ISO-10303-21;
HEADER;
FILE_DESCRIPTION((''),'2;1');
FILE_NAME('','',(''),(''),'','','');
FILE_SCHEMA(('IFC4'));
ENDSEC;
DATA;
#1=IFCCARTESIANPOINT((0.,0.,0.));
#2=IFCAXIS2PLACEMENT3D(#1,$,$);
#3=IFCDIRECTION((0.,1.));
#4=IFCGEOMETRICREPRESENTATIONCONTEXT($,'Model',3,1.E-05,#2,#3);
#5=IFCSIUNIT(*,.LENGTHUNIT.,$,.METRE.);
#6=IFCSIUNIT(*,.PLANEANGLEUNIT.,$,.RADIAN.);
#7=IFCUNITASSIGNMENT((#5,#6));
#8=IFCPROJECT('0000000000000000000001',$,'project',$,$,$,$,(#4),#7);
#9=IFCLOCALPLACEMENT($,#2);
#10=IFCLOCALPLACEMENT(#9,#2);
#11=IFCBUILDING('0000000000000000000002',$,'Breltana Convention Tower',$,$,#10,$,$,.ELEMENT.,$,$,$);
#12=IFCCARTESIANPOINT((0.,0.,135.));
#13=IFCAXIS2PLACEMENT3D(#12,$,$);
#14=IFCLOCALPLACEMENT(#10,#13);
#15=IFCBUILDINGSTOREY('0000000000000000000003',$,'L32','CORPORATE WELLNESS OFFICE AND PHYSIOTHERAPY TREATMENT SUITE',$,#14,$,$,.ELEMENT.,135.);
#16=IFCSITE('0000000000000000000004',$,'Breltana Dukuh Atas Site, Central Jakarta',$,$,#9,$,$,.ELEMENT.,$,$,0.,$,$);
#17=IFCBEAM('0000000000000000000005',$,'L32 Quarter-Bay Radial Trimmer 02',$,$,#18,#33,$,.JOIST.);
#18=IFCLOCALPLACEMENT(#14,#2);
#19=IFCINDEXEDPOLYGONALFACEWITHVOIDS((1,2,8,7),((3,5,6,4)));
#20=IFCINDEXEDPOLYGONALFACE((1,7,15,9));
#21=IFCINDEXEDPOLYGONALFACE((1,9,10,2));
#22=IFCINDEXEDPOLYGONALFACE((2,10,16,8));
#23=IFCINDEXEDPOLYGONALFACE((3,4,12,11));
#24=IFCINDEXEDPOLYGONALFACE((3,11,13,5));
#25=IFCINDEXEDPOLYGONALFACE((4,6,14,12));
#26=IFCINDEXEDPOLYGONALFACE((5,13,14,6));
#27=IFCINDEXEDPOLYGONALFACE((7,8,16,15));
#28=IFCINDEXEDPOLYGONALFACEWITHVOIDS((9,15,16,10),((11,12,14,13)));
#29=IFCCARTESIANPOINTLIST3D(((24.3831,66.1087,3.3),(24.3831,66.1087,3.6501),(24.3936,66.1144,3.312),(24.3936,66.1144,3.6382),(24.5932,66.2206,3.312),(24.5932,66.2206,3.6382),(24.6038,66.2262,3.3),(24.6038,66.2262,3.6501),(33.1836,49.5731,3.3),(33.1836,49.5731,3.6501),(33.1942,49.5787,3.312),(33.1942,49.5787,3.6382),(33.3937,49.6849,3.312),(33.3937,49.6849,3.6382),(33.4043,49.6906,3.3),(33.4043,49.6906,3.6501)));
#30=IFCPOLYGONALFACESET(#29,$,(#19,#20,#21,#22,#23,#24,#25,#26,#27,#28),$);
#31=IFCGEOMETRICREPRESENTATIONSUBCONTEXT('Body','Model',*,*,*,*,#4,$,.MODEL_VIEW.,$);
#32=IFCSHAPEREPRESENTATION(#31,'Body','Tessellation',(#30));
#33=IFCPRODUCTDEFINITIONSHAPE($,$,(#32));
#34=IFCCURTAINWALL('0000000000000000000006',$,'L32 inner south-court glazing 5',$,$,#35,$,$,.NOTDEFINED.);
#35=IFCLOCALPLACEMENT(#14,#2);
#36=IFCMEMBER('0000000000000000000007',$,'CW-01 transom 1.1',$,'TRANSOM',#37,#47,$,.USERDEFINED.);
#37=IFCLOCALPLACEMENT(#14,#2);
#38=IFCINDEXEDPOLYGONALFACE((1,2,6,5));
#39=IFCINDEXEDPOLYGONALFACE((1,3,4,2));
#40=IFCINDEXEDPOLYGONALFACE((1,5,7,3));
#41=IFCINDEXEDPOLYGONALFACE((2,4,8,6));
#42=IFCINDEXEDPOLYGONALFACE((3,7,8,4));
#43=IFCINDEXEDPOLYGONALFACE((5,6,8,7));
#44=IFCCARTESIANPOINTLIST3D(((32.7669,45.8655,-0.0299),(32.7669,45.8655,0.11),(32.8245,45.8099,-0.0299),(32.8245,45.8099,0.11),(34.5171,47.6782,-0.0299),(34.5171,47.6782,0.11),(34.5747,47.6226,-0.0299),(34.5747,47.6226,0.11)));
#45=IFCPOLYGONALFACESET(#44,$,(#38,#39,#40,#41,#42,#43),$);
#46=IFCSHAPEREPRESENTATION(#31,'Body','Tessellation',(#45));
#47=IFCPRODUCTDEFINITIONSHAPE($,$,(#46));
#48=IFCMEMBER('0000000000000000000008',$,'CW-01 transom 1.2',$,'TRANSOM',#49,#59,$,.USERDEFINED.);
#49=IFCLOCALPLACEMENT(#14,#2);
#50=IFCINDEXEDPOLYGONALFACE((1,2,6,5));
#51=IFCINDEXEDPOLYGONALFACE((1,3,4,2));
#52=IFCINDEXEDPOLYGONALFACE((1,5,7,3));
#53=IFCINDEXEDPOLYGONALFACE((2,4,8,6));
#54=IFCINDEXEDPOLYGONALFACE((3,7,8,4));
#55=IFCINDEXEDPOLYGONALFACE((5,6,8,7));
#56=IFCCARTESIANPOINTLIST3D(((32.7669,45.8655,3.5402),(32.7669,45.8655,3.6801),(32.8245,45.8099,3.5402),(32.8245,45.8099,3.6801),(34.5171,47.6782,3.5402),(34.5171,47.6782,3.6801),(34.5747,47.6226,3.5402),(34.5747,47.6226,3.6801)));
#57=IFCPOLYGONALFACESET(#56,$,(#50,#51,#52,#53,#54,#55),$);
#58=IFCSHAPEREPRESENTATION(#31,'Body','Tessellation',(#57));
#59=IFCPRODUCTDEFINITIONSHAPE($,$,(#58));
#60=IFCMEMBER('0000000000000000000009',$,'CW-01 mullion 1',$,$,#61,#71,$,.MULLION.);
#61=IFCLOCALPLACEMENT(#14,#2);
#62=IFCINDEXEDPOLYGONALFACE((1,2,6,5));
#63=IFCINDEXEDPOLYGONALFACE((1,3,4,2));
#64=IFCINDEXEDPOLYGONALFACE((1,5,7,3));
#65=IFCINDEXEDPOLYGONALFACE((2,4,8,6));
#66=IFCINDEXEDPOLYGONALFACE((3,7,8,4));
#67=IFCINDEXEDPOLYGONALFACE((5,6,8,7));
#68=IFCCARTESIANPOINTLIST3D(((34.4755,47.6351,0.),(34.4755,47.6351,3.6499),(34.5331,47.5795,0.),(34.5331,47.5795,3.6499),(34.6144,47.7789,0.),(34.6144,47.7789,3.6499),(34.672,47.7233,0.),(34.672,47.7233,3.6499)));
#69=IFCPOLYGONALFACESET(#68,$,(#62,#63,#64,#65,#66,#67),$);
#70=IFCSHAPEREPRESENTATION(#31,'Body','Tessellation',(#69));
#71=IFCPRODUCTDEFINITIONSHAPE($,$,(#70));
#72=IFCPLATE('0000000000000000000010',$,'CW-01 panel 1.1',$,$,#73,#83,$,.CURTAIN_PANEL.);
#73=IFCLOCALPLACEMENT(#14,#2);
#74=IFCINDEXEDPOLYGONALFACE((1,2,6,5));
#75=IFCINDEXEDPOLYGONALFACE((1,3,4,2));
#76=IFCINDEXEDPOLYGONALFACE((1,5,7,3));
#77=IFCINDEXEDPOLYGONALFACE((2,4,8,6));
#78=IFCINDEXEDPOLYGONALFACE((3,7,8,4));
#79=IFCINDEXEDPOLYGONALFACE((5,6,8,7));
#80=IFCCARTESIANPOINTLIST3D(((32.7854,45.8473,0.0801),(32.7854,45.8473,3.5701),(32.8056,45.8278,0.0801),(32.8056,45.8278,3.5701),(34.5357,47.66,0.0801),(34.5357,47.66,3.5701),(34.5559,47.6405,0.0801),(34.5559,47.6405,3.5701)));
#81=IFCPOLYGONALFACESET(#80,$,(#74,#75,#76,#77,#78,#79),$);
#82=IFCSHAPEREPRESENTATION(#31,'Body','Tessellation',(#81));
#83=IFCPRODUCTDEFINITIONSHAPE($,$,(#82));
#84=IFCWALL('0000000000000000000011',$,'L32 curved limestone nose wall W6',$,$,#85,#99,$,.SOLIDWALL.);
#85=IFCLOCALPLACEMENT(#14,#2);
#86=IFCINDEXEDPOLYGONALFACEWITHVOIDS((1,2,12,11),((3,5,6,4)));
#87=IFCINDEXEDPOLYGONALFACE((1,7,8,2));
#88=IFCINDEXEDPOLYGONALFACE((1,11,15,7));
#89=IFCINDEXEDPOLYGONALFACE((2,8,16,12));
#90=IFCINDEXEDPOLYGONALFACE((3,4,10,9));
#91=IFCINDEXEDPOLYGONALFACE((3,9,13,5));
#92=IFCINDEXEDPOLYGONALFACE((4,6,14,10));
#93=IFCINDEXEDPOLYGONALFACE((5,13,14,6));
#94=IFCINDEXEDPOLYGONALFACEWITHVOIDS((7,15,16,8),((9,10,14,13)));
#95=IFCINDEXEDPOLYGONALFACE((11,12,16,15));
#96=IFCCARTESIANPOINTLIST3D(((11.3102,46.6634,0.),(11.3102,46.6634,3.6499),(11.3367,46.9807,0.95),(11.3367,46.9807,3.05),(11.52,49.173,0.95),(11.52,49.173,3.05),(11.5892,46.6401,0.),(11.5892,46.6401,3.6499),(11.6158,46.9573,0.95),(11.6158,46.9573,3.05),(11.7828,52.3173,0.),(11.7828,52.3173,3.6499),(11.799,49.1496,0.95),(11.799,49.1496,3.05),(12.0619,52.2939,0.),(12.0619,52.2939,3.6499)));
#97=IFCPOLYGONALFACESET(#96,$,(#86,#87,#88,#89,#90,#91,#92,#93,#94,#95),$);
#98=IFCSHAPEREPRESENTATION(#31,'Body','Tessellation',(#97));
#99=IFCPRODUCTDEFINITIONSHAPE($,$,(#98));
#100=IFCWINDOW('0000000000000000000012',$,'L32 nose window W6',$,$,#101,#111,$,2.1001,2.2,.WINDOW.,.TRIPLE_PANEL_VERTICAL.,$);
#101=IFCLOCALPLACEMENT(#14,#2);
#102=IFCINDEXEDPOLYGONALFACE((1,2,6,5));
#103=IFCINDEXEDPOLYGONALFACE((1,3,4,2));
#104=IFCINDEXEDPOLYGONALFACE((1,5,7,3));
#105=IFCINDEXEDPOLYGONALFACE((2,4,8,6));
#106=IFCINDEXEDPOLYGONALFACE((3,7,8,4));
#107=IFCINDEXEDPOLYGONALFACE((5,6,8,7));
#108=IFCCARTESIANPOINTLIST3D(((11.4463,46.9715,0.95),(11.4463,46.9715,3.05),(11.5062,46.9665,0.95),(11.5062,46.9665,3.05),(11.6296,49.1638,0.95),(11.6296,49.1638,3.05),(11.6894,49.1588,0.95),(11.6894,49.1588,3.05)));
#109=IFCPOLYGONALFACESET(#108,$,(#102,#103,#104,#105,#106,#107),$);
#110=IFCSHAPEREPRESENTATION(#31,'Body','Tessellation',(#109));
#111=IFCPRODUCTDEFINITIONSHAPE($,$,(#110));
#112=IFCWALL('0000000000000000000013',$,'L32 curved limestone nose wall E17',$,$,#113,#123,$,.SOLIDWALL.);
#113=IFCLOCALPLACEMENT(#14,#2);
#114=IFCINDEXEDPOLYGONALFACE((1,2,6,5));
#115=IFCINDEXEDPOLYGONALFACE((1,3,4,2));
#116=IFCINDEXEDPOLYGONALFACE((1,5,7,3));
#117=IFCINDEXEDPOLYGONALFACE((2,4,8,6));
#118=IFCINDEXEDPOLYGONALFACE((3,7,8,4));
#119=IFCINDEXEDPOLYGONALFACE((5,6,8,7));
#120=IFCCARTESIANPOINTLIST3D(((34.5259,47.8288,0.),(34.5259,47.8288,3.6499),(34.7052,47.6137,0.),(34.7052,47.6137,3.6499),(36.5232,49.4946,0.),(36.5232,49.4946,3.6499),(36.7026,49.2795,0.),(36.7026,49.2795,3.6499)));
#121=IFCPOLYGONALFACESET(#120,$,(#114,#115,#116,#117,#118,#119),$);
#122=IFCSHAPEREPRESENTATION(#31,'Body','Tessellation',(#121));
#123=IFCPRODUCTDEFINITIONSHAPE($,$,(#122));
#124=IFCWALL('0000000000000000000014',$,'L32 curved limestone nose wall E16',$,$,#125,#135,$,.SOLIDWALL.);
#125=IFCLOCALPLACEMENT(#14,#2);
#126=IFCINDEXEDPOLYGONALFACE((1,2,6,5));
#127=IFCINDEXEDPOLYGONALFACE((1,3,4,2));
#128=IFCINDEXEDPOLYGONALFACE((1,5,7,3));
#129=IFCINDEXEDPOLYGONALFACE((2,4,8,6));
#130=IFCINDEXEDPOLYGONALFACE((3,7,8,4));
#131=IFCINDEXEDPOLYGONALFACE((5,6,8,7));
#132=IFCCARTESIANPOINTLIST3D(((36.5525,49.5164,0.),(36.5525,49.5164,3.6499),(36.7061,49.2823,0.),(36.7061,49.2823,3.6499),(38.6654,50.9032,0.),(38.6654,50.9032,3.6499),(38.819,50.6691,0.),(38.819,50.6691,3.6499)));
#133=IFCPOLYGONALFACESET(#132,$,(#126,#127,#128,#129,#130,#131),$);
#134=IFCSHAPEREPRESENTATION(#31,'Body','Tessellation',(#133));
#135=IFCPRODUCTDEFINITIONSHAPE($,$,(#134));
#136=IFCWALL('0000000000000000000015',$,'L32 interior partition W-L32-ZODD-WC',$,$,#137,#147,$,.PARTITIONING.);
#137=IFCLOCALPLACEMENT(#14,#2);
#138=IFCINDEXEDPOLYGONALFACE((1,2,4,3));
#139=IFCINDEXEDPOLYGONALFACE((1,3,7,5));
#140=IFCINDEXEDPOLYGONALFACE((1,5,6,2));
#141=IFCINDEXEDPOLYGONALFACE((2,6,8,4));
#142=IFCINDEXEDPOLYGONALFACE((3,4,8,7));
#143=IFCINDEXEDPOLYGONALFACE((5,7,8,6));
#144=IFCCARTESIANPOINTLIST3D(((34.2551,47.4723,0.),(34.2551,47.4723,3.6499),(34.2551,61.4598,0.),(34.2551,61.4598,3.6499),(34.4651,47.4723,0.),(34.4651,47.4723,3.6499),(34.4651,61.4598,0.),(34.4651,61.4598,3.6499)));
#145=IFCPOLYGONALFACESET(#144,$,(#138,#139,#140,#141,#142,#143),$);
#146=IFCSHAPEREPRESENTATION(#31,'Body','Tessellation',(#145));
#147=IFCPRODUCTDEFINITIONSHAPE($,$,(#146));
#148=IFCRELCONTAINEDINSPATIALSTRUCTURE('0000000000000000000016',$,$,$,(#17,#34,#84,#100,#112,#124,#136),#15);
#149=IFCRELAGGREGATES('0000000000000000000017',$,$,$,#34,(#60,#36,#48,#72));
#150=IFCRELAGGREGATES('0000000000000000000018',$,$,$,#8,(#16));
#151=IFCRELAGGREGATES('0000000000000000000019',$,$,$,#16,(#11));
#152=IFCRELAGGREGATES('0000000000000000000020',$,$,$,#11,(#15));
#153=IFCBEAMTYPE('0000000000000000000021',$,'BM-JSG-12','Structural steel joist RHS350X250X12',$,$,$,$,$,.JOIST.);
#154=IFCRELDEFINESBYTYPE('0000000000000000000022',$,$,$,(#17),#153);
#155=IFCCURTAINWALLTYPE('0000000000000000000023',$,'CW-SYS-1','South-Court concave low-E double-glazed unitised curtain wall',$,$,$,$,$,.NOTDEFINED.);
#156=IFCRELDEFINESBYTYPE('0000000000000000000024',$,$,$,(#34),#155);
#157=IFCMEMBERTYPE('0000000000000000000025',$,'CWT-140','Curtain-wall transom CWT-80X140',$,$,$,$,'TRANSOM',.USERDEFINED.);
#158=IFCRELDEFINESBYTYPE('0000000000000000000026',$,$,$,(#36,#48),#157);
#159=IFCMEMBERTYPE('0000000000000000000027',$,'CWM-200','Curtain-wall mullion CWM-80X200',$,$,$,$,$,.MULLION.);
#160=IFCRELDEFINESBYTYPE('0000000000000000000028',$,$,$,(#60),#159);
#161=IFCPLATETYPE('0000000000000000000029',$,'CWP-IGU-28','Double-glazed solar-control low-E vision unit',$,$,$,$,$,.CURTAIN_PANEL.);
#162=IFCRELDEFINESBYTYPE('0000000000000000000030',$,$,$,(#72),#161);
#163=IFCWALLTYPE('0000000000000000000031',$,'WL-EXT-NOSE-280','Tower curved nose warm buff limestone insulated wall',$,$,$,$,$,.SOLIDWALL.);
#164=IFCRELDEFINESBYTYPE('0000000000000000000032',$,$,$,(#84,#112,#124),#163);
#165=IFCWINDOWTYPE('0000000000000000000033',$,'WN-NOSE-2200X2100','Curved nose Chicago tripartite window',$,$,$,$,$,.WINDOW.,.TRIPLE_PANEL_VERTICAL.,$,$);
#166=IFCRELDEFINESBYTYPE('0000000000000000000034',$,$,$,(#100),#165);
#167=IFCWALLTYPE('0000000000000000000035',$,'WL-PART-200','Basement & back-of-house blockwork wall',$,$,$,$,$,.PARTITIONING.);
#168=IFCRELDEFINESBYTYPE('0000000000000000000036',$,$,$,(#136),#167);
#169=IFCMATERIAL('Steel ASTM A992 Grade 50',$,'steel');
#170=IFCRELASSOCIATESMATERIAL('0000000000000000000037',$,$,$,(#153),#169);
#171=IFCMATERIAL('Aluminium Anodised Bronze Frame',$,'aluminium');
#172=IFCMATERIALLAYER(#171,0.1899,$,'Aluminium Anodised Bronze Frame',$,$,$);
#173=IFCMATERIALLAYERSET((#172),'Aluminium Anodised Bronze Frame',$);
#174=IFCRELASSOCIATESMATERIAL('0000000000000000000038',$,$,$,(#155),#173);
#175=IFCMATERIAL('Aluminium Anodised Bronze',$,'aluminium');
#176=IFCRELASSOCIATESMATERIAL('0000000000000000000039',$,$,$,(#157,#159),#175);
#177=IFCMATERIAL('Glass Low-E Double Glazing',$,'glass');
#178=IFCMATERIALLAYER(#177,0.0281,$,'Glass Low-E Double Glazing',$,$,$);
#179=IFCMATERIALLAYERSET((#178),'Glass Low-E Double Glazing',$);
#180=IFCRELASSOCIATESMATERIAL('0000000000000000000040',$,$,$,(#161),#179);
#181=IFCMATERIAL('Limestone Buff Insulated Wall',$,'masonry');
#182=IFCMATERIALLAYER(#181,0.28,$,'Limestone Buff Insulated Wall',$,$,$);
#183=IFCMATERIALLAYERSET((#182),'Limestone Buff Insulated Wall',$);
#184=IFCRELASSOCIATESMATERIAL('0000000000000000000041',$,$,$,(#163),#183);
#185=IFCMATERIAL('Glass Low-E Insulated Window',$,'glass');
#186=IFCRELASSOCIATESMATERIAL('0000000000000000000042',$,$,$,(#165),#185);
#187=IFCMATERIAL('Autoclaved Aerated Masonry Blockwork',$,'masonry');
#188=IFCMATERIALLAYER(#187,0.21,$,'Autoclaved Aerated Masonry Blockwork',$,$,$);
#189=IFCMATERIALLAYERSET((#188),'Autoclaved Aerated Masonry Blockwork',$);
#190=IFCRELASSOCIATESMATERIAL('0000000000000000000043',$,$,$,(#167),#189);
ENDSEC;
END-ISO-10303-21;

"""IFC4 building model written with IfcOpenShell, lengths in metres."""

from ifc_helpers import new_model, si_unit, direction, frame, frame_2d, origin, origin_2d, place, context, subcontext, project, spatial, rectangle, hollow_rectangle, extrude, source, transform, mapped, material, layer, layer_set, material_profile, profile_set, type_object, type_shapes, element, fill, aggregate, save


model = new_model("IFC4")

# Units and contexts
model_context = context("Model", 3, precision=1e-05, world=origin(), true_north=direction((0.0, 1.0)))
body_context = subcontext(model_context, "Body", "Model", "MODEL_VIEW")
ifc_project = project(units=[si_unit("LENGTHUNIT", "METRE"), si_unit("PLANEANGLEUNIT", "RADIAN")], contexts=[model_context])

# Site, building, storey
site_placement = place(None, origin())
site = spatial("IfcSite", under=ifc_project, at=site_placement, Name="Breltana Dukuh Atas Site, Central Jakarta", CompositionType="ELEMENT", RefElevation=0.0)
building_placement = place(site_placement, origin())
building = spatial("IfcBuilding", under=site, at=building_placement, Name="Breltana Convention Tower", CompositionType="ELEMENT")
storey_placement = place(building_placement, frame((0.0, 0.0, 135.0)))
storey = spatial("IfcBuildingStorey", under=building, at=storey_placement, Name="L32", Description="CORPORATE WELLNESS OFFICE AND PHYSIOTHERAPY TREATMENT SUITE", CompositionType="ELEMENT", Elevation=135.0)

# Beam
ifc_material_1 = material(Name="Steel ASTM A992 Grade 50", Category="steel")
ifc_material_profile_1 = material_profile(ifc_material_1, hollow_rectangle(XDim=0.25, YDim=0.3501, WallThickness=0.012, at=origin_2d()), Name="RHS350X250X12")
ifc_profile_set_1 = profile_set([ifc_material_profile_1], Name="Steel ASTM A992 Grade 50")
beam_type_1 = type_object("IfcBeamType", Name="BM-JSG-12", Description="Structural steel joist RHS350X250X12", PredefinedType="JOIST", material=ifc_profile_set_1)
shared_shape_1 = source(origin(), body_context, "Body", "SweptSolid", [
    extrude(hollow_rectangle(XDim=0.25, YDim=0.3501, WallThickness=0.012, at=origin_2d()), origin(), (0.0, 0.0, 1.0), 18.7317),
])
beam_1_placement = place(storey_placement, frame((33.2939, 49.6318, 3.4751), z_axis=(-0.46982, 0.882762, 0.0), x_axis=(-0.882762, -0.46982, 0.0)))
element("IfcBeam", 1, at=beam_1_placement, inside=storey, type_object=beam_type_1, Name="L32 Quarter-Bay Radial Trimmer 02", PredefinedType="JOIST", context=body_context, shape_type="MappedRepresentation", body=[
    mapped(shared_shape_1, transform((0.0, 0.0, 0.0), scale=1.0)),
])

# Curtain wall, members, plate
ifc_material_2 = material(Name="Aluminium Anodised Bronze Frame", Category="aluminium")
ifc_layer_1 = layer(ifc_material_2, 0.1899, Name="Aluminium Anodised Bronze Frame")
ifc_layer_set_1 = layer_set([ifc_layer_1], Name="Aluminium Anodised Bronze Frame")
curtain_wall_type = type_object("IfcCurtainWallType", Name="CW-SYS-1", Description="South-Court concave low-E double-glazed unitised curtain wall", PredefinedType="NOTDEFINED", material=ifc_layer_set_1)
curtain_wall_placement = place(storey_placement, origin())
curtain_wall = element("IfcCurtainWall", 2, at=curtain_wall_placement, inside=storey, type_object=curtain_wall_type, Name="L32 inner south-court glazing 5", PredefinedType="NOTDEFINED")
ifc_material_3 = material(Name="Aluminium Anodised Bronze", Category="aluminium")
ifc_material_profile_2 = material_profile(ifc_material_3, rectangle(XDim=0.0801, YDim=0.1399, at=origin_2d()), Name="CWT-80X140")
ifc_profile_set_2 = profile_set([ifc_material_profile_2], Name="Aluminium Anodised Bronze")
member_type_1 = type_object("IfcMemberType", Name="CWT-140", Description="Curtain-wall transom CWT-80X140", ElementType="TRANSOM", PredefinedType="USERDEFINED", material=ifc_profile_set_2)
shared_shape_2 = source(origin(), body_context, "Body", "SweptSolid", [
    extrude(rectangle(XDim=0.0801, YDim=0.1399, at=origin_2d()), origin(), (0.0, 0.0, 1.0), 2.5198),
])
member_1_placement = place(storey_placement, frame((34.5459, 47.6504, 0.04), z_axis=(-0.694596, -0.7194, 0.0), x_axis=(0.7194, -0.694596, 0.0)))
member_1 = element("IfcMember", 3, at=member_1_placement, type_object=member_type_1, Name="CW-01 transom 1.1", ObjectType="TRANSOM", PredefinedType="USERDEFINED", context=body_context, shape_type="MappedRepresentation", body=[
    mapped(shared_shape_2, transform((0.0, 0.0, 0.0), scale=1.0)),
])
member_2_placement = place(storey_placement, frame((34.5459, 47.6504, 3.6101), z_axis=(-0.694596, -0.7194, 0.0), x_axis=(0.7194, -0.694596, 0.0)))
member_2 = element("IfcMember", 4, at=member_2_placement, type_object=member_type_1, Name="CW-01 transom 1.2", ObjectType="TRANSOM", PredefinedType="USERDEFINED", context=body_context, shape_type="MappedRepresentation", body=[
    mapped(shared_shape_2, transform((0.0, 0.0, 0.0), scale=1.0)),
])
ifc_material_profile_3 = material_profile(ifc_material_3, rectangle(XDim=0.0801, YDim=0.2, at=origin_2d()), Name="CWM-80X200")
ifc_profile_set_3 = profile_set([ifc_material_profile_3], Name="Aluminium Anodised Bronze")
member_type_2 = type_object("IfcMemberType", Name="CWM-200", Description="Curtain-wall mullion CWM-80X200", PredefinedType="MULLION", material=ifc_profile_set_3)
shared_shape_3 = source(origin(), body_context, "Body", "SweptSolid", [
    extrude(rectangle(XDim=0.0801, YDim=0.2, at=origin_2d()), origin(), (0.0, 0.0, 1.0), 3.6499),
])
member_3_placement = place(storey_placement, frame((34.5737, 47.6792, 0.0), z_axis=(0.0, 0.0, 1.0), x_axis=(0.719387, -0.694609, 0.0)))
member_3 = element("IfcMember", 5, at=member_3_placement, type_object=member_type_2, Name="CW-01 mullion 1", PredefinedType="MULLION", context=body_context, shape_type="MappedRepresentation", body=[
    mapped(shared_shape_3, transform((0.0, 0.0, 0.0), scale=1.0)),
])
ifc_material_4 = material(Name="Glass Low-E Double Glazing", Category="glass")
ifc_layer_2 = layer(ifc_material_4, 0.0281, Name="Glass Low-E Double Glazing")
ifc_layer_set_2 = layer_set([ifc_layer_2], Name="Glass Low-E Double Glazing")
plate_type = type_object("IfcPlateType", Name="CWP-IGU-28", Description="Double-glazed solar-control low-E vision unit", PredefinedType="CURTAIN_PANEL", material=ifc_layer_set_2)
shared_shape_4 = source(origin(), body_context, "Body", "SweptSolid", [
    extrude(rectangle(XDim=2.5198, YDim=0.0281, at=origin_2d()), origin(), (0.0, 0.0, 1.0), 3.49),
])
plate_placement = place(storey_placement, frame((33.6707, 46.7439, 0.0801), z_axis=(0.0, 0.0, 1.0), x_axis=(-0.694609, -0.719387, 0.0)))
plate = element("IfcPlate", 6, at=plate_placement, type_object=plate_type, Name="CW-01 panel 1.1", PredefinedType="CURTAIN_PANEL", context=body_context, shape_type="MappedRepresentation", body=[
    mapped(shared_shape_4, transform((0.0, 0.0, 0.0), scale=1.0)),
])
aggregate(curtain_wall, [member_3, member_1, member_2, plate])

# Wall, opening, window
ifc_material_5 = material(Name="Limestone Buff Insulated Wall", Category="masonry")
ifc_layer_3 = layer(ifc_material_5, 0.28, Name="Limestone Buff Insulated Wall")
ifc_layer_set_3 = layer_set([ifc_layer_3], Name="Limestone Buff Insulated Wall")
wall_type_1 = type_object("IfcWallType", Name="WL-EXT-NOSE-280", Description="Tower curved nose warm buff limestone insulated wall", PredefinedType="SOLIDWALL", material=ifc_layer_set_3)
shared_shape_5 = source(origin(), body_context, "Body", "SweptSolid", [
    extrude(rectangle(XDim=5.6736, YDim=0.28, at=frame_2d((2.8369, 0.0))), origin(), (0.0, 0.0, 1.0), 3.6499),
])
wall_1_placement = place(storey_placement, frame((11.4497, 46.6516, 0.0), z_axis=(0.0, 0.0, 1.0), x_axis=(0.083309, 0.996524, 0.0)))
wall_1 = element("IfcWall", 7, at=wall_1_placement, inside=storey, type_object=wall_type_1, Name="L32 curved limestone nose wall W6", PredefinedType="SOLIDWALL", context=body_context, shape_type="MappedRepresentation", body=[
    mapped(shared_shape_5, transform((0.0, 0.0, 0.0), scale=1.0)),
])
opening_placement = place(wall_1_placement, frame((0.3184, 0.0, 0.95)))
opening = element("IfcOpeningElement", 8, at=opening_placement, cuts=wall_1, PredefinedType="OPENING", context=body_context, shape_type="SweptSolid", body=[
    extrude(rectangle(XDim=2.2, YDim=2.1001, at=frame_2d((1.1001, 1.05))), frame((0.0, 0.1499, 0.0), z_axis=(0.0, -1.0, 0.0), x_axis=(1.0, 0.0, 0.0)), (0.0, 0.0, 1.0), 0.3),
])
ifc_material_6 = material(Name="Glass Low-E Insulated Window", Category="glass")
window_type = type_object("IfcWindowType", Name="WN-NOSE-2200X2100", Description="Curved nose Chicago tripartite window", PartitioningType="TRIPLE_PANEL_VERTICAL", PredefinedType="WINDOW", material=ifc_material_6)
shared_shape_6 = source(origin(), body_context, "Body", "SweptSolid", [
    extrude(rectangle(XDim=2.2, YDim=2.1001, at=frame_2d((1.1001, 1.05))), frame((0.0, 0.03, 0.0), z_axis=(0.0, -1.0, 0.0), x_axis=(1.0, 0.0, 0.0)), (0.0, 0.0, 1.0), 0.0601),
])
type_shapes(window_type, [shared_shape_6])
window_placement = place(opening_placement, origin())
window = element("IfcWindow", 9, at=window_placement, inside=storey, type_object=window_type, Name="L32 nose window W6", OverallHeight=2.1001, OverallWidth=2.2, PartitioningType="TRIPLE_PANEL_VERTICAL", PredefinedType="WINDOW", context=body_context, shape_type="MappedRepresentation", body=[
    mapped(shared_shape_6, transform((0.0, 0.0, 0.0), scale=1.0)),
])
fill(opening, window)

# Walls
shared_shape_7 = source(origin(), body_context, "Body", "SweptSolid", [
    extrude(rectangle(XDim=2.6008, YDim=0.28, at=frame_2d((1.3003, 0.0))), origin(), (0.0, 0.0, 1.0), 3.6499),
])
wall_2_placement = place(storey_placement, frame((36.6128, 49.387, 0.0), z_axis=(0.0, 0.0, 1.0), x_axis=(-0.767967, -0.640489, 0.0)))
element("IfcWall", 10, at=wall_2_placement, inside=storey, type_object=wall_type_1, Name="L32 curved limestone nose wall E17", PredefinedType="SOLIDWALL", context=body_context, shape_type="MappedRepresentation", body=[
    mapped(shared_shape_7, transform((0.0, 0.0, 0.0), scale=1.0)),
])
shared_shape_8 = source(origin(), body_context, "Body", "SweptSolid", [
    extrude(rectangle(XDim=2.5273, YDim=0.28, at=frame_2d((1.2637, 0.0))), origin(), (0.0, 0.0, 1.0), 3.6499),
])
wall_3_placement = place(storey_placement, frame((38.7422, 50.7861, 0.0), z_axis=(0.0, 0.0, 1.0), x_axis=(-0.836012, -0.548711, 0.0)))
element("IfcWall", 11, at=wall_3_placement, inside=storey, type_object=wall_type_1, Name="L32 curved limestone nose wall E16", PredefinedType="SOLIDWALL", context=body_context, shape_type="MappedRepresentation", body=[
    mapped(shared_shape_8, transform((0.0, 0.0, 0.0), scale=1.0)),
])
ifc_material_7 = material(Name="Autoclaved Aerated Masonry Blockwork", Category="masonry")
ifc_layer_4 = layer(ifc_material_7, 0.21, Name="Autoclaved Aerated Masonry Blockwork")
ifc_layer_set_4 = layer_set([ifc_layer_4], Name="Autoclaved Aerated Masonry Blockwork")
wall_type_2 = type_object("IfcWallType", Name="WL-PART-200", Description="Basement & back-of-house blockwork wall", PredefinedType="PARTITIONING", material=ifc_layer_set_4)
shared_shape_9 = source(origin(), body_context, "Body", "SweptSolid", [
    extrude(rectangle(XDim=13.9875, YDim=0.21, at=frame_2d((6.9937, 0.0))), origin(), (0.0, 0.0, 1.0), 3.6499),
])
wall_4_placement = place(storey_placement, frame((34.3601, 47.4724, 0.0), z_axis=(0.0, 0.0, 1.0), x_axis=(0.0, 1.0, 0.0)))
element("IfcWall", 12, at=wall_4_placement, inside=storey, type_object=wall_type_2, Name="L32 interior partition W-L32-ZODD-WC", PredefinedType="PARTITIONING", context=body_context, shape_type="MappedRepresentation", body=[
    mapped(shared_shape_9, transform((0.0, 0.0, 0.0), scale=1.0)),
])

save(model, "model.ifc")
